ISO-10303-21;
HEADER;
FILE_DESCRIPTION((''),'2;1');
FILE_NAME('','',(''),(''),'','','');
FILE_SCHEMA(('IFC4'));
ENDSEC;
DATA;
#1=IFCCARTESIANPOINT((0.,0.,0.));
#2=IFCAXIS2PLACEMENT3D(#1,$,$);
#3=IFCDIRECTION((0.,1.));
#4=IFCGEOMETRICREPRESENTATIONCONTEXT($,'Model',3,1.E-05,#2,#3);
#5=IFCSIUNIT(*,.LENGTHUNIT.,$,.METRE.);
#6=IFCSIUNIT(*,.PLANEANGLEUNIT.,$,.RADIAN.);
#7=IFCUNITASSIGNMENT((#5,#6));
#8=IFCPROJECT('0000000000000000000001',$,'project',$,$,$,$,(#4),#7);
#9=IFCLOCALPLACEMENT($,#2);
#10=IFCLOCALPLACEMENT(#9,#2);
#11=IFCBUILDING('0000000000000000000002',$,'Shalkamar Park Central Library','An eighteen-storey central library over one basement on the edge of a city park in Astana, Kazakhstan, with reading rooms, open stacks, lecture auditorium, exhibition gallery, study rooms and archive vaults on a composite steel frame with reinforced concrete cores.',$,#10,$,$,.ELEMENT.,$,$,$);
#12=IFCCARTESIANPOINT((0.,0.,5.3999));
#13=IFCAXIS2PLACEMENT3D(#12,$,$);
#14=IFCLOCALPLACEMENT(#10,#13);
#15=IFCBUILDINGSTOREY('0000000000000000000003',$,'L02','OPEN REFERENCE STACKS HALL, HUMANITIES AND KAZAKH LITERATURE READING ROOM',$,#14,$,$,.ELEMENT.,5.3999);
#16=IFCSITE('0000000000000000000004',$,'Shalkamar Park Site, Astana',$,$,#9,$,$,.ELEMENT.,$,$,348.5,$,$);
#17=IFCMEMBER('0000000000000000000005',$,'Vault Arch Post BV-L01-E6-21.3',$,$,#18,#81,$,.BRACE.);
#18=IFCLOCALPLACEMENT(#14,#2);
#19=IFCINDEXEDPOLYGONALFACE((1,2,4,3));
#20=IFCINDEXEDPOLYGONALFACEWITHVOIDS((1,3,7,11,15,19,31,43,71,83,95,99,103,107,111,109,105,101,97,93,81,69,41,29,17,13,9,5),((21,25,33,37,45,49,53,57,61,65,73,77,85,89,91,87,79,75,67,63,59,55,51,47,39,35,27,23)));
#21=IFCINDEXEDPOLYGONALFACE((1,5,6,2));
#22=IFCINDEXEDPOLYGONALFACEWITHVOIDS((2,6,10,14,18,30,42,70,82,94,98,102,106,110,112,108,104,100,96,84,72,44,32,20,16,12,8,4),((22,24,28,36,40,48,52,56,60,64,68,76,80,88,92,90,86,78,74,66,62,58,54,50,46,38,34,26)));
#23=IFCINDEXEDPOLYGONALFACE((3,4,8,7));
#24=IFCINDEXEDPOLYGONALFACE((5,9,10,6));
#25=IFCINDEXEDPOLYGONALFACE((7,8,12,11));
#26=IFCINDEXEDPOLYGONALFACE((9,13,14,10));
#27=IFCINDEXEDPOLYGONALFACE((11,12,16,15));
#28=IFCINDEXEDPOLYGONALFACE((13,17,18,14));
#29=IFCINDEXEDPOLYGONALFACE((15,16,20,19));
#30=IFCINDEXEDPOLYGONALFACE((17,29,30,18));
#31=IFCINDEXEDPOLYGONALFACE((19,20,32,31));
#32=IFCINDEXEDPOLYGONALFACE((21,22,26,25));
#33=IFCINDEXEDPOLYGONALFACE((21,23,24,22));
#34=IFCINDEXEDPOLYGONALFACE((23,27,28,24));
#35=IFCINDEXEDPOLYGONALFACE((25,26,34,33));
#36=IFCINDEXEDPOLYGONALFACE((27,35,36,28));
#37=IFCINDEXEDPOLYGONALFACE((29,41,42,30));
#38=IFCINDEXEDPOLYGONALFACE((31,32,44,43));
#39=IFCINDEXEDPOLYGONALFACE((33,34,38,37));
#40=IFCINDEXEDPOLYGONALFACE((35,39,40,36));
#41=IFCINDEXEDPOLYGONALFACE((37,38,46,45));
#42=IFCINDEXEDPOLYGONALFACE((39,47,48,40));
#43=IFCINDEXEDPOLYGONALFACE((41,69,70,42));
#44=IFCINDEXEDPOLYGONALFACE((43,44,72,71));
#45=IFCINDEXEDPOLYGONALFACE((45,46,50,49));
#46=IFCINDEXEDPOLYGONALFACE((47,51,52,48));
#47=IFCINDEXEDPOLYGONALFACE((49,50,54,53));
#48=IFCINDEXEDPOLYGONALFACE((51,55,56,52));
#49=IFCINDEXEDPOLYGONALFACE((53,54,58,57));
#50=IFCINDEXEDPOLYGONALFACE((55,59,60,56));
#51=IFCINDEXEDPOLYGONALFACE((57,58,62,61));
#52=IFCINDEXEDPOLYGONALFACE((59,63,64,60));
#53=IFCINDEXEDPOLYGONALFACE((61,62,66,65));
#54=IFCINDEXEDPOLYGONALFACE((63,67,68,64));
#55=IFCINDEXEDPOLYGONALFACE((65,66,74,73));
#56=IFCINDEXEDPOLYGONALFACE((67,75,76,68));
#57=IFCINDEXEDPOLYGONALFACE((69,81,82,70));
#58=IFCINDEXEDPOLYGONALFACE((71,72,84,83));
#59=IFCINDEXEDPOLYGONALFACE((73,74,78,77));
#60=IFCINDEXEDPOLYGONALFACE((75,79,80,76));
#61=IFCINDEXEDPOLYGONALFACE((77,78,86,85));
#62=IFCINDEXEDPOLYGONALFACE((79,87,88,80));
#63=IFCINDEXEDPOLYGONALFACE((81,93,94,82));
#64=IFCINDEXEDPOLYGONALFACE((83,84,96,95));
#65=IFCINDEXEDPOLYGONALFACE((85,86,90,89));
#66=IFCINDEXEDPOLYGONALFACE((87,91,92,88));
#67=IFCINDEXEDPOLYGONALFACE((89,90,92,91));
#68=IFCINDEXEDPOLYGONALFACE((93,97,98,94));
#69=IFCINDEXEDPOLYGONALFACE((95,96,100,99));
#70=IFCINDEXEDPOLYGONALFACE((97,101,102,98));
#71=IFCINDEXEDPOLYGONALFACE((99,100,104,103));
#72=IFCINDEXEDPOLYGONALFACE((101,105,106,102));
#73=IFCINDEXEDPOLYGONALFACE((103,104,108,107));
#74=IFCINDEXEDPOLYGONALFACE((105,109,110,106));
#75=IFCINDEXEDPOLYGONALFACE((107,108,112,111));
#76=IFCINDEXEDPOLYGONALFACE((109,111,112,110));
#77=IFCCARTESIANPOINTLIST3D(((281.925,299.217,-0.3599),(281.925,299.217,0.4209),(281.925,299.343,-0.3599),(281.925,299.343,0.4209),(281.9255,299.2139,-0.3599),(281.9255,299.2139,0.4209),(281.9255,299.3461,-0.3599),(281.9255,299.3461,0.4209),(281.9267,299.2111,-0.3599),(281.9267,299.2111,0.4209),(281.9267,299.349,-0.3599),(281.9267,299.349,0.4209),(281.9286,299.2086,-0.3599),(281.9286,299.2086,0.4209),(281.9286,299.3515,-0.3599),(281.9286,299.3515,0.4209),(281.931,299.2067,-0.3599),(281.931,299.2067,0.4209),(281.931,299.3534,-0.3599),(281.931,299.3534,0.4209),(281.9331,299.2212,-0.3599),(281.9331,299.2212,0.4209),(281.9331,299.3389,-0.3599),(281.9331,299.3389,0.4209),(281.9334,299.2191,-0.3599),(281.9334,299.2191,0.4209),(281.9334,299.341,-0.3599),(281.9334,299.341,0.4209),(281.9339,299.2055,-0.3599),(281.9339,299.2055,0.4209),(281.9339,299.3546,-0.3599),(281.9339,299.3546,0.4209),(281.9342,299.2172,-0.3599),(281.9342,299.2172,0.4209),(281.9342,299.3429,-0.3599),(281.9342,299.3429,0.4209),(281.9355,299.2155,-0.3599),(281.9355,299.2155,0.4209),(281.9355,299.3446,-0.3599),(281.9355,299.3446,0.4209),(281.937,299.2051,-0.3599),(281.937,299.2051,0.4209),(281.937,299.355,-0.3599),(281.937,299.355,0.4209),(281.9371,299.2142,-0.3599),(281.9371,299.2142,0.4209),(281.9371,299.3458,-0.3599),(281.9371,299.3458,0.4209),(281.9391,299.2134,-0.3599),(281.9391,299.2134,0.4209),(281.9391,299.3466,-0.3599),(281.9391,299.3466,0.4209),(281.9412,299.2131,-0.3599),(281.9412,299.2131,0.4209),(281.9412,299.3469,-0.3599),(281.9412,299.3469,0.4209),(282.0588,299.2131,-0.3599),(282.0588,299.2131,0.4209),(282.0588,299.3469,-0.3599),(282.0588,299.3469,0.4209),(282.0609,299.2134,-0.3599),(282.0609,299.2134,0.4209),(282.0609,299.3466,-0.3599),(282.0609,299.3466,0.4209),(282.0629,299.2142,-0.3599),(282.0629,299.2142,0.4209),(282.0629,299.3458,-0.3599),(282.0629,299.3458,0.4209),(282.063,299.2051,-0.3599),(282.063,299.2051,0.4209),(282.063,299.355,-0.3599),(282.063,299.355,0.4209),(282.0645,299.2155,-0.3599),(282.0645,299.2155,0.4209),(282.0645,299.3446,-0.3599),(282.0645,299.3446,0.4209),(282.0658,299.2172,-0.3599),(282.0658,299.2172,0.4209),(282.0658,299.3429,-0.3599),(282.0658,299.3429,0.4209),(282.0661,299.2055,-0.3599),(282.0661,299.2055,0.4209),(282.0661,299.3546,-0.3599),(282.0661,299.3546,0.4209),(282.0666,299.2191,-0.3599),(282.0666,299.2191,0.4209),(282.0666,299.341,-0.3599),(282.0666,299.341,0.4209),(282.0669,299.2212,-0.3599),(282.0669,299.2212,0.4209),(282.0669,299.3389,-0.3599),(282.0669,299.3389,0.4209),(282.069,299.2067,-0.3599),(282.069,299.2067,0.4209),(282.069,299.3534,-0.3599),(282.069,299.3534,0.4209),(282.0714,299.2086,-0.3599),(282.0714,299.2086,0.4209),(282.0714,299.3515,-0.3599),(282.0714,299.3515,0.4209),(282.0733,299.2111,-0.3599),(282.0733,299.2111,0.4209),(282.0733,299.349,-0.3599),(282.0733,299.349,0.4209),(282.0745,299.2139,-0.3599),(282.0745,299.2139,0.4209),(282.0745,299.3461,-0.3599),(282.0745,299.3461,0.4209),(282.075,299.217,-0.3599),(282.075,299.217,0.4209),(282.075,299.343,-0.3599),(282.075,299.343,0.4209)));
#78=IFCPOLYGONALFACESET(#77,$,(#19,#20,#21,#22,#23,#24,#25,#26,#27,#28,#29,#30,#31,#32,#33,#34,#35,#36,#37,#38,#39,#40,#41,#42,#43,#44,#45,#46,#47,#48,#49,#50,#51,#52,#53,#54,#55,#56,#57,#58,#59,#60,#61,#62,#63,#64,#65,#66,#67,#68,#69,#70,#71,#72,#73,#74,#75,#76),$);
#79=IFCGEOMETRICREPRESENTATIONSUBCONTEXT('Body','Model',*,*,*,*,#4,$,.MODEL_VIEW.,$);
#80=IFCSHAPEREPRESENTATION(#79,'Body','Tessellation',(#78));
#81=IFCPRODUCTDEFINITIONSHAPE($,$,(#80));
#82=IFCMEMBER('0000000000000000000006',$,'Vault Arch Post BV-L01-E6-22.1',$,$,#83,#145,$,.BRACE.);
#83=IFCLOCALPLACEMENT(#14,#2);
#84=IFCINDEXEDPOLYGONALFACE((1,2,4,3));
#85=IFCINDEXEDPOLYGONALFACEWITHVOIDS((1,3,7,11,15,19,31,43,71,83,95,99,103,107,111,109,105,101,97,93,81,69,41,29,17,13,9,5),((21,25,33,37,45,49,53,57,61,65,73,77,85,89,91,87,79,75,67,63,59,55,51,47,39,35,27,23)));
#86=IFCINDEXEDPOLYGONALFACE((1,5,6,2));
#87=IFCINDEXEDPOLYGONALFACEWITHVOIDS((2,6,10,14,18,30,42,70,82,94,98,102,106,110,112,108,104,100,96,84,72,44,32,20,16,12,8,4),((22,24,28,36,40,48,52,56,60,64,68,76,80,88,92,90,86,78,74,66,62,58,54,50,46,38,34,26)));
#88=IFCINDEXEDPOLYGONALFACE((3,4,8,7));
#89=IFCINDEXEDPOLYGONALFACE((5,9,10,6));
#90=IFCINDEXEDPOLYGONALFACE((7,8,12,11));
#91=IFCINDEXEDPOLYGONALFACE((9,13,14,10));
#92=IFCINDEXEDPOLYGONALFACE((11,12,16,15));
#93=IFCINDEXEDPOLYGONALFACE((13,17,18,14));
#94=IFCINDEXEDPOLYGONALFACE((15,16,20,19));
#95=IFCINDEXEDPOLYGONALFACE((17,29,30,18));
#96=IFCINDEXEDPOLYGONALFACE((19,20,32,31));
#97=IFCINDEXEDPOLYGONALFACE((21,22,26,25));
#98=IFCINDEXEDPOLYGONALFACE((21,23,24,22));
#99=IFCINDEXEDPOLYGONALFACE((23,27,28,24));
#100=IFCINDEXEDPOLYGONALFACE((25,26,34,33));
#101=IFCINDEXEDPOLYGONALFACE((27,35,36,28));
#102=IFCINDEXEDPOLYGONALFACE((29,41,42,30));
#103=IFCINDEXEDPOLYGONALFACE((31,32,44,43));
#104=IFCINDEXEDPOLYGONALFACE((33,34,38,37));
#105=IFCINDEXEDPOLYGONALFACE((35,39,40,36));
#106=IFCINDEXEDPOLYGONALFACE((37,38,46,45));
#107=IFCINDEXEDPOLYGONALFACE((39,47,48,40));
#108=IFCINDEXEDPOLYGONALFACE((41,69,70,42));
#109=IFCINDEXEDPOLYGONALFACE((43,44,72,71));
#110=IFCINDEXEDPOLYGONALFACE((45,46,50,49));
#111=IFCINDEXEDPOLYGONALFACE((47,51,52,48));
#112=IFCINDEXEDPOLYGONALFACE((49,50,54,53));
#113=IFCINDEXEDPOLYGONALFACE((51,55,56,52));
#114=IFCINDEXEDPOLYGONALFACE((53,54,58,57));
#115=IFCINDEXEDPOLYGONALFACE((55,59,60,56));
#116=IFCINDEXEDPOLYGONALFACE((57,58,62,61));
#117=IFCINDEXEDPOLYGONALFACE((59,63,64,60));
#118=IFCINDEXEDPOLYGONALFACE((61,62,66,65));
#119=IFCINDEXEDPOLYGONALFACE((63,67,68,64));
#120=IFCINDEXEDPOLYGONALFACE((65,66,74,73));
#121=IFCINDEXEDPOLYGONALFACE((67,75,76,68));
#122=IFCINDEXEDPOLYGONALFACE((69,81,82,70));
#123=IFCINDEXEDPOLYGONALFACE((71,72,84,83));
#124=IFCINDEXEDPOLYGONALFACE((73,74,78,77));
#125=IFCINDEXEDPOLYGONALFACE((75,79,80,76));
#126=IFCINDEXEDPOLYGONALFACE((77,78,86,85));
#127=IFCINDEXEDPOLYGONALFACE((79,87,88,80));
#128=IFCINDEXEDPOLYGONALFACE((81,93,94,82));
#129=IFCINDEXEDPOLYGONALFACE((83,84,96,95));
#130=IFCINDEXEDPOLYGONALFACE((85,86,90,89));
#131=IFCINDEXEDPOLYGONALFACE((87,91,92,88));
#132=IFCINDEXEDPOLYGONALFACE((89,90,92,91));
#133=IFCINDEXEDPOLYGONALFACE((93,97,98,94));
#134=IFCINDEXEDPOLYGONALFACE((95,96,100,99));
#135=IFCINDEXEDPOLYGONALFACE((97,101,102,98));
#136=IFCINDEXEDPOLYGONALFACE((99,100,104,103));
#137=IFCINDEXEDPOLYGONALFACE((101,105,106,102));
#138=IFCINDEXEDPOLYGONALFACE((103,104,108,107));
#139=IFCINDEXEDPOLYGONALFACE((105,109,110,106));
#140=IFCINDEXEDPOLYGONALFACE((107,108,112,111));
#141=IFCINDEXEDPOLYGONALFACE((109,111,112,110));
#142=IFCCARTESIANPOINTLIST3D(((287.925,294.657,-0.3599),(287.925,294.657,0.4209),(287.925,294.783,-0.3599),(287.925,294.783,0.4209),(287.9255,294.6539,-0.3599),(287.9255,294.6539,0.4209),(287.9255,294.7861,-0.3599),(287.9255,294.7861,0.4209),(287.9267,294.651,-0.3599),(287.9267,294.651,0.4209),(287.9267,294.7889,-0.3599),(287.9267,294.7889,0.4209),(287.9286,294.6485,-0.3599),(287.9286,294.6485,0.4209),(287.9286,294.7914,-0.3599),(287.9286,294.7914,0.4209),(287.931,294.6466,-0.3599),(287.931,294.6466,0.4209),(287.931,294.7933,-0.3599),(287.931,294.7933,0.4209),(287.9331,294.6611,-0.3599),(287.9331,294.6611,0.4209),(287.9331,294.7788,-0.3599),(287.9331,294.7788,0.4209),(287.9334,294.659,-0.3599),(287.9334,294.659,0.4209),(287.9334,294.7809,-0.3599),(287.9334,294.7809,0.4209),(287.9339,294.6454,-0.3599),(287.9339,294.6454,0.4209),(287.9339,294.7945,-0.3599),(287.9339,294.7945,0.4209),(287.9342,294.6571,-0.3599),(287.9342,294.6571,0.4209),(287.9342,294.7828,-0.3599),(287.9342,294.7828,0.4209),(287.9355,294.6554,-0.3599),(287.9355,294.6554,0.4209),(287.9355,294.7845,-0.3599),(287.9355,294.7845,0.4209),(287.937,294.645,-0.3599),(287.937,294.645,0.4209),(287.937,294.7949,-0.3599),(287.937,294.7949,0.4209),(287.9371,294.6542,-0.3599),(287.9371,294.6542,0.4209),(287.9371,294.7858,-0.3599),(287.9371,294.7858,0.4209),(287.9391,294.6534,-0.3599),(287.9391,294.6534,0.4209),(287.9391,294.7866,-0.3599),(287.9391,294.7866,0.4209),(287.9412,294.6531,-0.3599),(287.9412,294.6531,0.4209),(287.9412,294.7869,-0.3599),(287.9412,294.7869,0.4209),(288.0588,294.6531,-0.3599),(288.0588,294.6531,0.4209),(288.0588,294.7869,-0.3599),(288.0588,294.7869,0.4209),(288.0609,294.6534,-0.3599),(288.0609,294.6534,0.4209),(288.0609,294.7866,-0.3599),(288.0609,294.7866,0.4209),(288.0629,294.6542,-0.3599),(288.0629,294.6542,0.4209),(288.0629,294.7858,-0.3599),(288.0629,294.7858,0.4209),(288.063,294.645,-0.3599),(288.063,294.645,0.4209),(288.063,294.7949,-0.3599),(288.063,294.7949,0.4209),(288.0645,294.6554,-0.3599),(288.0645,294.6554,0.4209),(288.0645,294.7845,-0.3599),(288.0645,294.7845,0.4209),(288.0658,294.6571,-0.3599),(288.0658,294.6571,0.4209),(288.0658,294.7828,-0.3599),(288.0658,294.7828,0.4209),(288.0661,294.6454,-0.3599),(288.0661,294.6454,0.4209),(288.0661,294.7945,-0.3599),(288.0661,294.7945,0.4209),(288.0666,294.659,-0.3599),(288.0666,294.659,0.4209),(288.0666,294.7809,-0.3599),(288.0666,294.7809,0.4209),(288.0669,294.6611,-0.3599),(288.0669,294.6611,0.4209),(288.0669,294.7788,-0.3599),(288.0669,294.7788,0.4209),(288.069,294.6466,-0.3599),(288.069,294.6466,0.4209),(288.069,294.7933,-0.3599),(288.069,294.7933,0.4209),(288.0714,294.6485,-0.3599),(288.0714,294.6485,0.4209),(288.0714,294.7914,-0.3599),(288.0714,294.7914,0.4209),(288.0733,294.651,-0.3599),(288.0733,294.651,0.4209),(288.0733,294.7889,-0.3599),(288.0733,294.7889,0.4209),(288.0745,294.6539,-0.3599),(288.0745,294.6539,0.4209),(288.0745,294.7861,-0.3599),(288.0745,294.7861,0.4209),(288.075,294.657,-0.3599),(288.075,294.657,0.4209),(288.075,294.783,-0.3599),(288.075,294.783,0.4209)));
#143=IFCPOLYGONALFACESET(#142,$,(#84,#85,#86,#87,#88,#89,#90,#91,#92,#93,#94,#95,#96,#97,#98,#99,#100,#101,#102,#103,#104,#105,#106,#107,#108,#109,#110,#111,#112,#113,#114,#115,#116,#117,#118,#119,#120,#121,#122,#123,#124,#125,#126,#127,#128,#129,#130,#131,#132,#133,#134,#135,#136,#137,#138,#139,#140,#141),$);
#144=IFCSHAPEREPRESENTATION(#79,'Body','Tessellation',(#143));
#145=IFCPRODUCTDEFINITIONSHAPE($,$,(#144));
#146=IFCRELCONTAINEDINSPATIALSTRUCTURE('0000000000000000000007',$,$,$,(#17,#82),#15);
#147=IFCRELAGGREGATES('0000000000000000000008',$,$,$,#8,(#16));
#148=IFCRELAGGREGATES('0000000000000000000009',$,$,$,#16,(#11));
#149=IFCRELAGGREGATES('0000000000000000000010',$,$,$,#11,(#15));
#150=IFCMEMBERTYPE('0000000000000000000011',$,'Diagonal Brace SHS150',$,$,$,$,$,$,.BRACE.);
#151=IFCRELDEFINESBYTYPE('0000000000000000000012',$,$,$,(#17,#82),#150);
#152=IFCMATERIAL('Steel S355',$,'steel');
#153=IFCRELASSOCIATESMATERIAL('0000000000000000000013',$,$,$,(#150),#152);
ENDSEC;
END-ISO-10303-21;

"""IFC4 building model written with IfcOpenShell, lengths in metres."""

from ifc_helpers import new_model, si_unit, direction, frame, origin, origin_2d, place, context, subcontext, project, spatial, hollow_rectangle, extrude, material, material_profile, profile_set, type_object, element, save


model = new_model("IFC4")

# Units and contexts
model_context = context("Model", 3, precision=1e-05, world=origin(), true_north=direction((0.0, 1.0)))
body_context = subcontext(model_context, "Body", "Model", "MODEL_VIEW")
ifc_project = project(units=[si_unit("LENGTHUNIT", "METRE"), si_unit("PLANEANGLEUNIT", "RADIAN")], contexts=[model_context])

# Site, building, storey
site_placement = place(None, origin())
site = spatial("IfcSite", under=ifc_project, at=site_placement, Name="Shalkamar Park Site, Astana", CompositionType="ELEMENT", RefElevation=348.5)
building_placement = place(site_placement, origin())
building = spatial("IfcBuilding", under=site, at=building_placement, Name="Shalkamar Park Central Library", Description="An eighteen-storey central library over one basement on the edge of a city park in Astana, Kazakhstan, with reading rooms, open stacks, lecture auditorium, exhibition gallery, study rooms and archive vaults on a composite steel frame with reinforced concrete cores.", CompositionType="ELEMENT")
storey_placement = place(building_placement, frame((0.0, 0.0, 5.3999)))
storey = spatial("IfcBuildingStorey", under=building, at=storey_placement, Name="L02", Description="OPEN REFERENCE STACKS HALL, HUMANITIES AND KAZAKH LITERATURE READING ROOM", CompositionType="ELEMENT", Elevation=5.3999)

# Shared definitions
ifc_material_1 = material(Name="Steel S355", Category="steel")

# Members
ifc_material_profile_1 = material_profile(ifc_material_1, hollow_rectangle(XDim=0.1499, YDim=0.1499, WallThickness=0.0081, InnerFilletRadius=0.0081, OuterFilletRadius=0.012, at=origin_2d()), Name="SHS 150x150x8")
ifc_profile_set_1 = profile_set([ifc_material_profile_1], Name="Steel S355")
member_type_1 = type_object("IfcMemberType", Name="Diagonal Brace SHS150", PredefinedType="BRACE", material=ifc_profile_set_1)
for number, where, z_axis, x_axis, name in (
    (1, (282.0, 299.28, -0.3599), (0.0, 0.0, 1.0), (1.0, 0.0, 0.0), "Vault Arch Post BV-L01-E6-21.3"),
    (2, (288.0, 294.72, -0.3599), (0.0, 0.0, 1.0), (1.0, 0.0, 0.0), "Vault Arch Post BV-L01-E6-22.1"),
):
    element("IfcMember", number, at=place(storey_placement, frame(where, z_axis=z_axis, x_axis=x_axis)), inside=storey, type_object=member_type_1, Name=name, PredefinedType="BRACE", context=body_context, shape_type="SweptSolid", body=[
        extrude(hollow_rectangle(XDim=0.1499, YDim=0.1499, WallThickness=0.0081, InnerFilletRadius=0.0081, OuterFilletRadius=0.012, at=origin_2d()), origin(), (0.0, 0.0, 1.0), 0.7808),
    ])

save(model, "model.ifc")
